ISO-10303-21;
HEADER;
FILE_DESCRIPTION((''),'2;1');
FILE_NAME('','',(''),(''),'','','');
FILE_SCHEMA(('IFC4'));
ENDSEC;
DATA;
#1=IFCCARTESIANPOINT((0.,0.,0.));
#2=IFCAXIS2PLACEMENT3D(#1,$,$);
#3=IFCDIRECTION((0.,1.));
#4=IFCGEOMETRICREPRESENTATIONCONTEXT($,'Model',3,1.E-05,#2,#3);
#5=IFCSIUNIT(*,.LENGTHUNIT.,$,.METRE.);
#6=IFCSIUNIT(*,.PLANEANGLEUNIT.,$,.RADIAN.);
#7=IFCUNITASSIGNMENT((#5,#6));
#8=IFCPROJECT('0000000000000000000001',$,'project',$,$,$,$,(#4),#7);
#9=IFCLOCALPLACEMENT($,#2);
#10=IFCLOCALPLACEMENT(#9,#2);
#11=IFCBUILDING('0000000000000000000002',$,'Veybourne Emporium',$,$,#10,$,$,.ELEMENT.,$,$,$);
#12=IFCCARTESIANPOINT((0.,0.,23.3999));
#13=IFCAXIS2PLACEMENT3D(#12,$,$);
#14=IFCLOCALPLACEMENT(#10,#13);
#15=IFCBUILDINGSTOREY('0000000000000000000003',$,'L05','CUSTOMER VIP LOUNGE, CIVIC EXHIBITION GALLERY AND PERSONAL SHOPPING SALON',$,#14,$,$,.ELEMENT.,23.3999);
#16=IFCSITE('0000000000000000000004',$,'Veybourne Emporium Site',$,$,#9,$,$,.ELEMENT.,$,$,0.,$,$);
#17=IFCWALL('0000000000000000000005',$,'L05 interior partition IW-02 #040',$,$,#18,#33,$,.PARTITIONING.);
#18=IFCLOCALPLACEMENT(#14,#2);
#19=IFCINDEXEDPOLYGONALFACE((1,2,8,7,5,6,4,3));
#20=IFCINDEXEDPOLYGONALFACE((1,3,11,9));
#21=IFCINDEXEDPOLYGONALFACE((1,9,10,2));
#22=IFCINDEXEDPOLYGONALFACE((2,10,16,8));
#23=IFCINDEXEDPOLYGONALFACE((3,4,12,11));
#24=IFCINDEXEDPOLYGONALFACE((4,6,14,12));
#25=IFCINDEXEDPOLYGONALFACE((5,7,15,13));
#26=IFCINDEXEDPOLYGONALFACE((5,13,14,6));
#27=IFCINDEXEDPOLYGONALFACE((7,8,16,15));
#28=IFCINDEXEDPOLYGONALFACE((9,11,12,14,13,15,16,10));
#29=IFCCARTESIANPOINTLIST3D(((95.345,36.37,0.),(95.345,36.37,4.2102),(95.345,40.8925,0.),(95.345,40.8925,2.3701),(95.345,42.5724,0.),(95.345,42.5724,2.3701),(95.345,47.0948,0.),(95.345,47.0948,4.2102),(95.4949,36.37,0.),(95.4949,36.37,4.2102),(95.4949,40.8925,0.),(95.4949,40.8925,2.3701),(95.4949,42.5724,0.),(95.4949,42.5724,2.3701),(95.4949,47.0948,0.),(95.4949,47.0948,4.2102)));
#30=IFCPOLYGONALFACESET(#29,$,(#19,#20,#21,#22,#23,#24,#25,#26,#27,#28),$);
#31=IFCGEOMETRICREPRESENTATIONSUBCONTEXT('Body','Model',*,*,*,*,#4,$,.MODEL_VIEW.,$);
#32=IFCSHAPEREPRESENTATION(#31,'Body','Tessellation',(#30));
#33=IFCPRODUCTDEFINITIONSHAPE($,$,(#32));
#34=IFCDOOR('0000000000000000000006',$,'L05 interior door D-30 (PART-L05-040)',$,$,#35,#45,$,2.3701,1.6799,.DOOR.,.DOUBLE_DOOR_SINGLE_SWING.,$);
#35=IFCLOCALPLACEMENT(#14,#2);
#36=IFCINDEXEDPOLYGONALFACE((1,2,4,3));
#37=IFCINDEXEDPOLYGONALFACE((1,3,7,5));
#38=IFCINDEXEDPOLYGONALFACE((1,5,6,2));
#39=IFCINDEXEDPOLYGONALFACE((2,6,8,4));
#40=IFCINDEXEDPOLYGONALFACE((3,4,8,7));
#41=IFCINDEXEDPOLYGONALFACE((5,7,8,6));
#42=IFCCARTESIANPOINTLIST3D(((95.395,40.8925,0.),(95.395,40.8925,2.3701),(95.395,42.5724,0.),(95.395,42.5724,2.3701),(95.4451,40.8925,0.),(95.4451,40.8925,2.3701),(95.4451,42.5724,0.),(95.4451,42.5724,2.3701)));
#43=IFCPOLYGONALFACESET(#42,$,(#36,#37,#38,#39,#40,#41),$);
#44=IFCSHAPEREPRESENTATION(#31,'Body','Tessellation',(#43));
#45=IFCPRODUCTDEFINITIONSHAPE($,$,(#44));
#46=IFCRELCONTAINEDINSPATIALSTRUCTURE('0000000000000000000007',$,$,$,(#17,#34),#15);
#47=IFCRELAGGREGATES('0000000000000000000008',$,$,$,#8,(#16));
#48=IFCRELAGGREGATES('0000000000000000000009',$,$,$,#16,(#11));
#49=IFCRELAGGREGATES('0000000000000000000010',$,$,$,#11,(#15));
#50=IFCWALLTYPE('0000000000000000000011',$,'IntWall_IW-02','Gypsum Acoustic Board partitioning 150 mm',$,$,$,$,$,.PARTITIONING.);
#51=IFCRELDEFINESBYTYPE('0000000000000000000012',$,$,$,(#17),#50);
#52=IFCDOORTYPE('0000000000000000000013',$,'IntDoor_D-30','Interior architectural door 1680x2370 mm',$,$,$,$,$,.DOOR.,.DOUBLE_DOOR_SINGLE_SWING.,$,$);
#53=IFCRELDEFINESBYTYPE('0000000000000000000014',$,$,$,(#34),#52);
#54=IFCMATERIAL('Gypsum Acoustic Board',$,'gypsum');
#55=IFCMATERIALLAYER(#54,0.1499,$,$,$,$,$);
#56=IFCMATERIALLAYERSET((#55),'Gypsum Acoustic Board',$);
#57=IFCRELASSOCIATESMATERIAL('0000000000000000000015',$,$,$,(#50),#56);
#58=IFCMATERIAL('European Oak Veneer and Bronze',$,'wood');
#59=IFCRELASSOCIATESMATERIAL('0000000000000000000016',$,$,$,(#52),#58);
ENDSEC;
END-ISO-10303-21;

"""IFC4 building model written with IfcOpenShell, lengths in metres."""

from ifc_helpers import new_model, si_unit, direction, frame, frame_2d, origin, place, context, subcontext, project, spatial, rectangle, extrude, material, layer, layer_set, type_object, element, fill, save


model = new_model("IFC4")

# Units and contexts
model_context = context("Model", 3, precision=1e-05, world=origin(), true_north=direction((0.0, 1.0)))
body_context = subcontext(model_context, "Body", "Model", "MODEL_VIEW")
ifc_project = project(units=[si_unit("LENGTHUNIT", "METRE"), si_unit("PLANEANGLEUNIT", "RADIAN")], contexts=[model_context])

# Site, building, storey
site_placement = place(None, origin())
site = spatial("IfcSite", under=ifc_project, at=site_placement, Name="Veybourne Emporium Site", CompositionType="ELEMENT", RefElevation=0.0)
building_placement = place(site_placement, origin())
building = spatial("IfcBuilding", under=site, at=building_placement, Name="Veybourne Emporium", CompositionType="ELEMENT")
storey_placement = place(building_placement, frame((0.0, 0.0, 23.3999)))
storey = spatial("IfcBuildingStorey", under=building, at=storey_placement, Name="L05", Description="CUSTOMER VIP LOUNGE, CIVIC EXHIBITION GALLERY AND PERSONAL SHOPPING SALON", CompositionType="ELEMENT", Elevation=23.3999)

# Wall, opening, door
ifc_material_1 = material(Name="Gypsum Acoustic Board", Category="gypsum")
ifc_material_2 = material(Name="European Oak Veneer and Bronze", Category="wood")
ifc_layer_1 = layer(ifc_material_1, 0.1499)
ifc_layer_set_1 = layer_set([ifc_layer_1], Name="Gypsum Acoustic Board")
wall_type_1 = type_object("IfcWallType", Name="IntWall_IW-02", Description="Gypsum Acoustic Board partitioning 150 mm", PredefinedType="PARTITIONING", material=ifc_layer_set_1)
wall_1_placement = place(storey_placement, frame((95.4199, 36.3701, 0.0), z_axis=(0.0, 0.0, 1.0), x_axis=(0.0, 1.0, 0.0)))
wall_1 = element("IfcWall", 1, at=wall_1_placement, inside=storey, type_object=wall_type_1, Name="L05 interior partition IW-02 #040", PredefinedType="PARTITIONING", context=body_context, shape_type="SweptSolid", body=[
    extrude(rectangle(XDim=10.7249, YDim=0.1499, at=frame_2d((5.3623, 0.0))), origin(), (0.0, 0.0, 1.0), 4.2102),
])
opening_1_placement = place(wall_1_placement, frame((4.5225, 0.0, 0.0)))
opening_1 = element("IfcOpeningElement", 2, at=opening_1_placement, cuts=wall_1, PredefinedType="OPENING", context=body_context, shape_type="SweptSolid", body=[
    extrude(rectangle(XDim=1.6799, YDim=2.3701, at=frame_2d((0.8398, 1.1851))), frame((0.0, 0.095, 0.0), z_axis=(0.0, -1.0, 0.0), x_axis=(1.0, 0.0, 0.0)), (0.0, 0.0, 1.0), 0.1899),
])
door_type_1 = type_object("IfcDoorType", Name="IntDoor_D-30", Description="Interior architectural door 1680x2370 mm", OperationType="DOUBLE_DOOR_SINGLE_SWING", PredefinedType="DOOR", material=ifc_material_2)
door_1_placement = place(opening_1_placement, origin())
door_1 = element("IfcDoor", 3, at=door_1_placement, inside=storey, type_object=door_type_1, Name="L05 interior door D-30 (PART-L05-040)", OperationType="DOUBLE_DOOR_SINGLE_SWING", OverallHeight=2.3701, OverallWidth=1.6799, PredefinedType="DOOR", context=body_context, shape_type="SweptSolid", body=[
    extrude(rectangle(XDim=1.6799, YDim=2.3701, at=frame_2d((0.8398, 1.1851))), frame((0.0, 0.0249, 0.0), z_axis=(0.0, -1.0, 0.0), x_axis=(1.0, 0.0, 0.0)), (0.0, 0.0, 1.0), 0.05),
])
fill(opening_1, door_1)

save(model, "model.ifc")
